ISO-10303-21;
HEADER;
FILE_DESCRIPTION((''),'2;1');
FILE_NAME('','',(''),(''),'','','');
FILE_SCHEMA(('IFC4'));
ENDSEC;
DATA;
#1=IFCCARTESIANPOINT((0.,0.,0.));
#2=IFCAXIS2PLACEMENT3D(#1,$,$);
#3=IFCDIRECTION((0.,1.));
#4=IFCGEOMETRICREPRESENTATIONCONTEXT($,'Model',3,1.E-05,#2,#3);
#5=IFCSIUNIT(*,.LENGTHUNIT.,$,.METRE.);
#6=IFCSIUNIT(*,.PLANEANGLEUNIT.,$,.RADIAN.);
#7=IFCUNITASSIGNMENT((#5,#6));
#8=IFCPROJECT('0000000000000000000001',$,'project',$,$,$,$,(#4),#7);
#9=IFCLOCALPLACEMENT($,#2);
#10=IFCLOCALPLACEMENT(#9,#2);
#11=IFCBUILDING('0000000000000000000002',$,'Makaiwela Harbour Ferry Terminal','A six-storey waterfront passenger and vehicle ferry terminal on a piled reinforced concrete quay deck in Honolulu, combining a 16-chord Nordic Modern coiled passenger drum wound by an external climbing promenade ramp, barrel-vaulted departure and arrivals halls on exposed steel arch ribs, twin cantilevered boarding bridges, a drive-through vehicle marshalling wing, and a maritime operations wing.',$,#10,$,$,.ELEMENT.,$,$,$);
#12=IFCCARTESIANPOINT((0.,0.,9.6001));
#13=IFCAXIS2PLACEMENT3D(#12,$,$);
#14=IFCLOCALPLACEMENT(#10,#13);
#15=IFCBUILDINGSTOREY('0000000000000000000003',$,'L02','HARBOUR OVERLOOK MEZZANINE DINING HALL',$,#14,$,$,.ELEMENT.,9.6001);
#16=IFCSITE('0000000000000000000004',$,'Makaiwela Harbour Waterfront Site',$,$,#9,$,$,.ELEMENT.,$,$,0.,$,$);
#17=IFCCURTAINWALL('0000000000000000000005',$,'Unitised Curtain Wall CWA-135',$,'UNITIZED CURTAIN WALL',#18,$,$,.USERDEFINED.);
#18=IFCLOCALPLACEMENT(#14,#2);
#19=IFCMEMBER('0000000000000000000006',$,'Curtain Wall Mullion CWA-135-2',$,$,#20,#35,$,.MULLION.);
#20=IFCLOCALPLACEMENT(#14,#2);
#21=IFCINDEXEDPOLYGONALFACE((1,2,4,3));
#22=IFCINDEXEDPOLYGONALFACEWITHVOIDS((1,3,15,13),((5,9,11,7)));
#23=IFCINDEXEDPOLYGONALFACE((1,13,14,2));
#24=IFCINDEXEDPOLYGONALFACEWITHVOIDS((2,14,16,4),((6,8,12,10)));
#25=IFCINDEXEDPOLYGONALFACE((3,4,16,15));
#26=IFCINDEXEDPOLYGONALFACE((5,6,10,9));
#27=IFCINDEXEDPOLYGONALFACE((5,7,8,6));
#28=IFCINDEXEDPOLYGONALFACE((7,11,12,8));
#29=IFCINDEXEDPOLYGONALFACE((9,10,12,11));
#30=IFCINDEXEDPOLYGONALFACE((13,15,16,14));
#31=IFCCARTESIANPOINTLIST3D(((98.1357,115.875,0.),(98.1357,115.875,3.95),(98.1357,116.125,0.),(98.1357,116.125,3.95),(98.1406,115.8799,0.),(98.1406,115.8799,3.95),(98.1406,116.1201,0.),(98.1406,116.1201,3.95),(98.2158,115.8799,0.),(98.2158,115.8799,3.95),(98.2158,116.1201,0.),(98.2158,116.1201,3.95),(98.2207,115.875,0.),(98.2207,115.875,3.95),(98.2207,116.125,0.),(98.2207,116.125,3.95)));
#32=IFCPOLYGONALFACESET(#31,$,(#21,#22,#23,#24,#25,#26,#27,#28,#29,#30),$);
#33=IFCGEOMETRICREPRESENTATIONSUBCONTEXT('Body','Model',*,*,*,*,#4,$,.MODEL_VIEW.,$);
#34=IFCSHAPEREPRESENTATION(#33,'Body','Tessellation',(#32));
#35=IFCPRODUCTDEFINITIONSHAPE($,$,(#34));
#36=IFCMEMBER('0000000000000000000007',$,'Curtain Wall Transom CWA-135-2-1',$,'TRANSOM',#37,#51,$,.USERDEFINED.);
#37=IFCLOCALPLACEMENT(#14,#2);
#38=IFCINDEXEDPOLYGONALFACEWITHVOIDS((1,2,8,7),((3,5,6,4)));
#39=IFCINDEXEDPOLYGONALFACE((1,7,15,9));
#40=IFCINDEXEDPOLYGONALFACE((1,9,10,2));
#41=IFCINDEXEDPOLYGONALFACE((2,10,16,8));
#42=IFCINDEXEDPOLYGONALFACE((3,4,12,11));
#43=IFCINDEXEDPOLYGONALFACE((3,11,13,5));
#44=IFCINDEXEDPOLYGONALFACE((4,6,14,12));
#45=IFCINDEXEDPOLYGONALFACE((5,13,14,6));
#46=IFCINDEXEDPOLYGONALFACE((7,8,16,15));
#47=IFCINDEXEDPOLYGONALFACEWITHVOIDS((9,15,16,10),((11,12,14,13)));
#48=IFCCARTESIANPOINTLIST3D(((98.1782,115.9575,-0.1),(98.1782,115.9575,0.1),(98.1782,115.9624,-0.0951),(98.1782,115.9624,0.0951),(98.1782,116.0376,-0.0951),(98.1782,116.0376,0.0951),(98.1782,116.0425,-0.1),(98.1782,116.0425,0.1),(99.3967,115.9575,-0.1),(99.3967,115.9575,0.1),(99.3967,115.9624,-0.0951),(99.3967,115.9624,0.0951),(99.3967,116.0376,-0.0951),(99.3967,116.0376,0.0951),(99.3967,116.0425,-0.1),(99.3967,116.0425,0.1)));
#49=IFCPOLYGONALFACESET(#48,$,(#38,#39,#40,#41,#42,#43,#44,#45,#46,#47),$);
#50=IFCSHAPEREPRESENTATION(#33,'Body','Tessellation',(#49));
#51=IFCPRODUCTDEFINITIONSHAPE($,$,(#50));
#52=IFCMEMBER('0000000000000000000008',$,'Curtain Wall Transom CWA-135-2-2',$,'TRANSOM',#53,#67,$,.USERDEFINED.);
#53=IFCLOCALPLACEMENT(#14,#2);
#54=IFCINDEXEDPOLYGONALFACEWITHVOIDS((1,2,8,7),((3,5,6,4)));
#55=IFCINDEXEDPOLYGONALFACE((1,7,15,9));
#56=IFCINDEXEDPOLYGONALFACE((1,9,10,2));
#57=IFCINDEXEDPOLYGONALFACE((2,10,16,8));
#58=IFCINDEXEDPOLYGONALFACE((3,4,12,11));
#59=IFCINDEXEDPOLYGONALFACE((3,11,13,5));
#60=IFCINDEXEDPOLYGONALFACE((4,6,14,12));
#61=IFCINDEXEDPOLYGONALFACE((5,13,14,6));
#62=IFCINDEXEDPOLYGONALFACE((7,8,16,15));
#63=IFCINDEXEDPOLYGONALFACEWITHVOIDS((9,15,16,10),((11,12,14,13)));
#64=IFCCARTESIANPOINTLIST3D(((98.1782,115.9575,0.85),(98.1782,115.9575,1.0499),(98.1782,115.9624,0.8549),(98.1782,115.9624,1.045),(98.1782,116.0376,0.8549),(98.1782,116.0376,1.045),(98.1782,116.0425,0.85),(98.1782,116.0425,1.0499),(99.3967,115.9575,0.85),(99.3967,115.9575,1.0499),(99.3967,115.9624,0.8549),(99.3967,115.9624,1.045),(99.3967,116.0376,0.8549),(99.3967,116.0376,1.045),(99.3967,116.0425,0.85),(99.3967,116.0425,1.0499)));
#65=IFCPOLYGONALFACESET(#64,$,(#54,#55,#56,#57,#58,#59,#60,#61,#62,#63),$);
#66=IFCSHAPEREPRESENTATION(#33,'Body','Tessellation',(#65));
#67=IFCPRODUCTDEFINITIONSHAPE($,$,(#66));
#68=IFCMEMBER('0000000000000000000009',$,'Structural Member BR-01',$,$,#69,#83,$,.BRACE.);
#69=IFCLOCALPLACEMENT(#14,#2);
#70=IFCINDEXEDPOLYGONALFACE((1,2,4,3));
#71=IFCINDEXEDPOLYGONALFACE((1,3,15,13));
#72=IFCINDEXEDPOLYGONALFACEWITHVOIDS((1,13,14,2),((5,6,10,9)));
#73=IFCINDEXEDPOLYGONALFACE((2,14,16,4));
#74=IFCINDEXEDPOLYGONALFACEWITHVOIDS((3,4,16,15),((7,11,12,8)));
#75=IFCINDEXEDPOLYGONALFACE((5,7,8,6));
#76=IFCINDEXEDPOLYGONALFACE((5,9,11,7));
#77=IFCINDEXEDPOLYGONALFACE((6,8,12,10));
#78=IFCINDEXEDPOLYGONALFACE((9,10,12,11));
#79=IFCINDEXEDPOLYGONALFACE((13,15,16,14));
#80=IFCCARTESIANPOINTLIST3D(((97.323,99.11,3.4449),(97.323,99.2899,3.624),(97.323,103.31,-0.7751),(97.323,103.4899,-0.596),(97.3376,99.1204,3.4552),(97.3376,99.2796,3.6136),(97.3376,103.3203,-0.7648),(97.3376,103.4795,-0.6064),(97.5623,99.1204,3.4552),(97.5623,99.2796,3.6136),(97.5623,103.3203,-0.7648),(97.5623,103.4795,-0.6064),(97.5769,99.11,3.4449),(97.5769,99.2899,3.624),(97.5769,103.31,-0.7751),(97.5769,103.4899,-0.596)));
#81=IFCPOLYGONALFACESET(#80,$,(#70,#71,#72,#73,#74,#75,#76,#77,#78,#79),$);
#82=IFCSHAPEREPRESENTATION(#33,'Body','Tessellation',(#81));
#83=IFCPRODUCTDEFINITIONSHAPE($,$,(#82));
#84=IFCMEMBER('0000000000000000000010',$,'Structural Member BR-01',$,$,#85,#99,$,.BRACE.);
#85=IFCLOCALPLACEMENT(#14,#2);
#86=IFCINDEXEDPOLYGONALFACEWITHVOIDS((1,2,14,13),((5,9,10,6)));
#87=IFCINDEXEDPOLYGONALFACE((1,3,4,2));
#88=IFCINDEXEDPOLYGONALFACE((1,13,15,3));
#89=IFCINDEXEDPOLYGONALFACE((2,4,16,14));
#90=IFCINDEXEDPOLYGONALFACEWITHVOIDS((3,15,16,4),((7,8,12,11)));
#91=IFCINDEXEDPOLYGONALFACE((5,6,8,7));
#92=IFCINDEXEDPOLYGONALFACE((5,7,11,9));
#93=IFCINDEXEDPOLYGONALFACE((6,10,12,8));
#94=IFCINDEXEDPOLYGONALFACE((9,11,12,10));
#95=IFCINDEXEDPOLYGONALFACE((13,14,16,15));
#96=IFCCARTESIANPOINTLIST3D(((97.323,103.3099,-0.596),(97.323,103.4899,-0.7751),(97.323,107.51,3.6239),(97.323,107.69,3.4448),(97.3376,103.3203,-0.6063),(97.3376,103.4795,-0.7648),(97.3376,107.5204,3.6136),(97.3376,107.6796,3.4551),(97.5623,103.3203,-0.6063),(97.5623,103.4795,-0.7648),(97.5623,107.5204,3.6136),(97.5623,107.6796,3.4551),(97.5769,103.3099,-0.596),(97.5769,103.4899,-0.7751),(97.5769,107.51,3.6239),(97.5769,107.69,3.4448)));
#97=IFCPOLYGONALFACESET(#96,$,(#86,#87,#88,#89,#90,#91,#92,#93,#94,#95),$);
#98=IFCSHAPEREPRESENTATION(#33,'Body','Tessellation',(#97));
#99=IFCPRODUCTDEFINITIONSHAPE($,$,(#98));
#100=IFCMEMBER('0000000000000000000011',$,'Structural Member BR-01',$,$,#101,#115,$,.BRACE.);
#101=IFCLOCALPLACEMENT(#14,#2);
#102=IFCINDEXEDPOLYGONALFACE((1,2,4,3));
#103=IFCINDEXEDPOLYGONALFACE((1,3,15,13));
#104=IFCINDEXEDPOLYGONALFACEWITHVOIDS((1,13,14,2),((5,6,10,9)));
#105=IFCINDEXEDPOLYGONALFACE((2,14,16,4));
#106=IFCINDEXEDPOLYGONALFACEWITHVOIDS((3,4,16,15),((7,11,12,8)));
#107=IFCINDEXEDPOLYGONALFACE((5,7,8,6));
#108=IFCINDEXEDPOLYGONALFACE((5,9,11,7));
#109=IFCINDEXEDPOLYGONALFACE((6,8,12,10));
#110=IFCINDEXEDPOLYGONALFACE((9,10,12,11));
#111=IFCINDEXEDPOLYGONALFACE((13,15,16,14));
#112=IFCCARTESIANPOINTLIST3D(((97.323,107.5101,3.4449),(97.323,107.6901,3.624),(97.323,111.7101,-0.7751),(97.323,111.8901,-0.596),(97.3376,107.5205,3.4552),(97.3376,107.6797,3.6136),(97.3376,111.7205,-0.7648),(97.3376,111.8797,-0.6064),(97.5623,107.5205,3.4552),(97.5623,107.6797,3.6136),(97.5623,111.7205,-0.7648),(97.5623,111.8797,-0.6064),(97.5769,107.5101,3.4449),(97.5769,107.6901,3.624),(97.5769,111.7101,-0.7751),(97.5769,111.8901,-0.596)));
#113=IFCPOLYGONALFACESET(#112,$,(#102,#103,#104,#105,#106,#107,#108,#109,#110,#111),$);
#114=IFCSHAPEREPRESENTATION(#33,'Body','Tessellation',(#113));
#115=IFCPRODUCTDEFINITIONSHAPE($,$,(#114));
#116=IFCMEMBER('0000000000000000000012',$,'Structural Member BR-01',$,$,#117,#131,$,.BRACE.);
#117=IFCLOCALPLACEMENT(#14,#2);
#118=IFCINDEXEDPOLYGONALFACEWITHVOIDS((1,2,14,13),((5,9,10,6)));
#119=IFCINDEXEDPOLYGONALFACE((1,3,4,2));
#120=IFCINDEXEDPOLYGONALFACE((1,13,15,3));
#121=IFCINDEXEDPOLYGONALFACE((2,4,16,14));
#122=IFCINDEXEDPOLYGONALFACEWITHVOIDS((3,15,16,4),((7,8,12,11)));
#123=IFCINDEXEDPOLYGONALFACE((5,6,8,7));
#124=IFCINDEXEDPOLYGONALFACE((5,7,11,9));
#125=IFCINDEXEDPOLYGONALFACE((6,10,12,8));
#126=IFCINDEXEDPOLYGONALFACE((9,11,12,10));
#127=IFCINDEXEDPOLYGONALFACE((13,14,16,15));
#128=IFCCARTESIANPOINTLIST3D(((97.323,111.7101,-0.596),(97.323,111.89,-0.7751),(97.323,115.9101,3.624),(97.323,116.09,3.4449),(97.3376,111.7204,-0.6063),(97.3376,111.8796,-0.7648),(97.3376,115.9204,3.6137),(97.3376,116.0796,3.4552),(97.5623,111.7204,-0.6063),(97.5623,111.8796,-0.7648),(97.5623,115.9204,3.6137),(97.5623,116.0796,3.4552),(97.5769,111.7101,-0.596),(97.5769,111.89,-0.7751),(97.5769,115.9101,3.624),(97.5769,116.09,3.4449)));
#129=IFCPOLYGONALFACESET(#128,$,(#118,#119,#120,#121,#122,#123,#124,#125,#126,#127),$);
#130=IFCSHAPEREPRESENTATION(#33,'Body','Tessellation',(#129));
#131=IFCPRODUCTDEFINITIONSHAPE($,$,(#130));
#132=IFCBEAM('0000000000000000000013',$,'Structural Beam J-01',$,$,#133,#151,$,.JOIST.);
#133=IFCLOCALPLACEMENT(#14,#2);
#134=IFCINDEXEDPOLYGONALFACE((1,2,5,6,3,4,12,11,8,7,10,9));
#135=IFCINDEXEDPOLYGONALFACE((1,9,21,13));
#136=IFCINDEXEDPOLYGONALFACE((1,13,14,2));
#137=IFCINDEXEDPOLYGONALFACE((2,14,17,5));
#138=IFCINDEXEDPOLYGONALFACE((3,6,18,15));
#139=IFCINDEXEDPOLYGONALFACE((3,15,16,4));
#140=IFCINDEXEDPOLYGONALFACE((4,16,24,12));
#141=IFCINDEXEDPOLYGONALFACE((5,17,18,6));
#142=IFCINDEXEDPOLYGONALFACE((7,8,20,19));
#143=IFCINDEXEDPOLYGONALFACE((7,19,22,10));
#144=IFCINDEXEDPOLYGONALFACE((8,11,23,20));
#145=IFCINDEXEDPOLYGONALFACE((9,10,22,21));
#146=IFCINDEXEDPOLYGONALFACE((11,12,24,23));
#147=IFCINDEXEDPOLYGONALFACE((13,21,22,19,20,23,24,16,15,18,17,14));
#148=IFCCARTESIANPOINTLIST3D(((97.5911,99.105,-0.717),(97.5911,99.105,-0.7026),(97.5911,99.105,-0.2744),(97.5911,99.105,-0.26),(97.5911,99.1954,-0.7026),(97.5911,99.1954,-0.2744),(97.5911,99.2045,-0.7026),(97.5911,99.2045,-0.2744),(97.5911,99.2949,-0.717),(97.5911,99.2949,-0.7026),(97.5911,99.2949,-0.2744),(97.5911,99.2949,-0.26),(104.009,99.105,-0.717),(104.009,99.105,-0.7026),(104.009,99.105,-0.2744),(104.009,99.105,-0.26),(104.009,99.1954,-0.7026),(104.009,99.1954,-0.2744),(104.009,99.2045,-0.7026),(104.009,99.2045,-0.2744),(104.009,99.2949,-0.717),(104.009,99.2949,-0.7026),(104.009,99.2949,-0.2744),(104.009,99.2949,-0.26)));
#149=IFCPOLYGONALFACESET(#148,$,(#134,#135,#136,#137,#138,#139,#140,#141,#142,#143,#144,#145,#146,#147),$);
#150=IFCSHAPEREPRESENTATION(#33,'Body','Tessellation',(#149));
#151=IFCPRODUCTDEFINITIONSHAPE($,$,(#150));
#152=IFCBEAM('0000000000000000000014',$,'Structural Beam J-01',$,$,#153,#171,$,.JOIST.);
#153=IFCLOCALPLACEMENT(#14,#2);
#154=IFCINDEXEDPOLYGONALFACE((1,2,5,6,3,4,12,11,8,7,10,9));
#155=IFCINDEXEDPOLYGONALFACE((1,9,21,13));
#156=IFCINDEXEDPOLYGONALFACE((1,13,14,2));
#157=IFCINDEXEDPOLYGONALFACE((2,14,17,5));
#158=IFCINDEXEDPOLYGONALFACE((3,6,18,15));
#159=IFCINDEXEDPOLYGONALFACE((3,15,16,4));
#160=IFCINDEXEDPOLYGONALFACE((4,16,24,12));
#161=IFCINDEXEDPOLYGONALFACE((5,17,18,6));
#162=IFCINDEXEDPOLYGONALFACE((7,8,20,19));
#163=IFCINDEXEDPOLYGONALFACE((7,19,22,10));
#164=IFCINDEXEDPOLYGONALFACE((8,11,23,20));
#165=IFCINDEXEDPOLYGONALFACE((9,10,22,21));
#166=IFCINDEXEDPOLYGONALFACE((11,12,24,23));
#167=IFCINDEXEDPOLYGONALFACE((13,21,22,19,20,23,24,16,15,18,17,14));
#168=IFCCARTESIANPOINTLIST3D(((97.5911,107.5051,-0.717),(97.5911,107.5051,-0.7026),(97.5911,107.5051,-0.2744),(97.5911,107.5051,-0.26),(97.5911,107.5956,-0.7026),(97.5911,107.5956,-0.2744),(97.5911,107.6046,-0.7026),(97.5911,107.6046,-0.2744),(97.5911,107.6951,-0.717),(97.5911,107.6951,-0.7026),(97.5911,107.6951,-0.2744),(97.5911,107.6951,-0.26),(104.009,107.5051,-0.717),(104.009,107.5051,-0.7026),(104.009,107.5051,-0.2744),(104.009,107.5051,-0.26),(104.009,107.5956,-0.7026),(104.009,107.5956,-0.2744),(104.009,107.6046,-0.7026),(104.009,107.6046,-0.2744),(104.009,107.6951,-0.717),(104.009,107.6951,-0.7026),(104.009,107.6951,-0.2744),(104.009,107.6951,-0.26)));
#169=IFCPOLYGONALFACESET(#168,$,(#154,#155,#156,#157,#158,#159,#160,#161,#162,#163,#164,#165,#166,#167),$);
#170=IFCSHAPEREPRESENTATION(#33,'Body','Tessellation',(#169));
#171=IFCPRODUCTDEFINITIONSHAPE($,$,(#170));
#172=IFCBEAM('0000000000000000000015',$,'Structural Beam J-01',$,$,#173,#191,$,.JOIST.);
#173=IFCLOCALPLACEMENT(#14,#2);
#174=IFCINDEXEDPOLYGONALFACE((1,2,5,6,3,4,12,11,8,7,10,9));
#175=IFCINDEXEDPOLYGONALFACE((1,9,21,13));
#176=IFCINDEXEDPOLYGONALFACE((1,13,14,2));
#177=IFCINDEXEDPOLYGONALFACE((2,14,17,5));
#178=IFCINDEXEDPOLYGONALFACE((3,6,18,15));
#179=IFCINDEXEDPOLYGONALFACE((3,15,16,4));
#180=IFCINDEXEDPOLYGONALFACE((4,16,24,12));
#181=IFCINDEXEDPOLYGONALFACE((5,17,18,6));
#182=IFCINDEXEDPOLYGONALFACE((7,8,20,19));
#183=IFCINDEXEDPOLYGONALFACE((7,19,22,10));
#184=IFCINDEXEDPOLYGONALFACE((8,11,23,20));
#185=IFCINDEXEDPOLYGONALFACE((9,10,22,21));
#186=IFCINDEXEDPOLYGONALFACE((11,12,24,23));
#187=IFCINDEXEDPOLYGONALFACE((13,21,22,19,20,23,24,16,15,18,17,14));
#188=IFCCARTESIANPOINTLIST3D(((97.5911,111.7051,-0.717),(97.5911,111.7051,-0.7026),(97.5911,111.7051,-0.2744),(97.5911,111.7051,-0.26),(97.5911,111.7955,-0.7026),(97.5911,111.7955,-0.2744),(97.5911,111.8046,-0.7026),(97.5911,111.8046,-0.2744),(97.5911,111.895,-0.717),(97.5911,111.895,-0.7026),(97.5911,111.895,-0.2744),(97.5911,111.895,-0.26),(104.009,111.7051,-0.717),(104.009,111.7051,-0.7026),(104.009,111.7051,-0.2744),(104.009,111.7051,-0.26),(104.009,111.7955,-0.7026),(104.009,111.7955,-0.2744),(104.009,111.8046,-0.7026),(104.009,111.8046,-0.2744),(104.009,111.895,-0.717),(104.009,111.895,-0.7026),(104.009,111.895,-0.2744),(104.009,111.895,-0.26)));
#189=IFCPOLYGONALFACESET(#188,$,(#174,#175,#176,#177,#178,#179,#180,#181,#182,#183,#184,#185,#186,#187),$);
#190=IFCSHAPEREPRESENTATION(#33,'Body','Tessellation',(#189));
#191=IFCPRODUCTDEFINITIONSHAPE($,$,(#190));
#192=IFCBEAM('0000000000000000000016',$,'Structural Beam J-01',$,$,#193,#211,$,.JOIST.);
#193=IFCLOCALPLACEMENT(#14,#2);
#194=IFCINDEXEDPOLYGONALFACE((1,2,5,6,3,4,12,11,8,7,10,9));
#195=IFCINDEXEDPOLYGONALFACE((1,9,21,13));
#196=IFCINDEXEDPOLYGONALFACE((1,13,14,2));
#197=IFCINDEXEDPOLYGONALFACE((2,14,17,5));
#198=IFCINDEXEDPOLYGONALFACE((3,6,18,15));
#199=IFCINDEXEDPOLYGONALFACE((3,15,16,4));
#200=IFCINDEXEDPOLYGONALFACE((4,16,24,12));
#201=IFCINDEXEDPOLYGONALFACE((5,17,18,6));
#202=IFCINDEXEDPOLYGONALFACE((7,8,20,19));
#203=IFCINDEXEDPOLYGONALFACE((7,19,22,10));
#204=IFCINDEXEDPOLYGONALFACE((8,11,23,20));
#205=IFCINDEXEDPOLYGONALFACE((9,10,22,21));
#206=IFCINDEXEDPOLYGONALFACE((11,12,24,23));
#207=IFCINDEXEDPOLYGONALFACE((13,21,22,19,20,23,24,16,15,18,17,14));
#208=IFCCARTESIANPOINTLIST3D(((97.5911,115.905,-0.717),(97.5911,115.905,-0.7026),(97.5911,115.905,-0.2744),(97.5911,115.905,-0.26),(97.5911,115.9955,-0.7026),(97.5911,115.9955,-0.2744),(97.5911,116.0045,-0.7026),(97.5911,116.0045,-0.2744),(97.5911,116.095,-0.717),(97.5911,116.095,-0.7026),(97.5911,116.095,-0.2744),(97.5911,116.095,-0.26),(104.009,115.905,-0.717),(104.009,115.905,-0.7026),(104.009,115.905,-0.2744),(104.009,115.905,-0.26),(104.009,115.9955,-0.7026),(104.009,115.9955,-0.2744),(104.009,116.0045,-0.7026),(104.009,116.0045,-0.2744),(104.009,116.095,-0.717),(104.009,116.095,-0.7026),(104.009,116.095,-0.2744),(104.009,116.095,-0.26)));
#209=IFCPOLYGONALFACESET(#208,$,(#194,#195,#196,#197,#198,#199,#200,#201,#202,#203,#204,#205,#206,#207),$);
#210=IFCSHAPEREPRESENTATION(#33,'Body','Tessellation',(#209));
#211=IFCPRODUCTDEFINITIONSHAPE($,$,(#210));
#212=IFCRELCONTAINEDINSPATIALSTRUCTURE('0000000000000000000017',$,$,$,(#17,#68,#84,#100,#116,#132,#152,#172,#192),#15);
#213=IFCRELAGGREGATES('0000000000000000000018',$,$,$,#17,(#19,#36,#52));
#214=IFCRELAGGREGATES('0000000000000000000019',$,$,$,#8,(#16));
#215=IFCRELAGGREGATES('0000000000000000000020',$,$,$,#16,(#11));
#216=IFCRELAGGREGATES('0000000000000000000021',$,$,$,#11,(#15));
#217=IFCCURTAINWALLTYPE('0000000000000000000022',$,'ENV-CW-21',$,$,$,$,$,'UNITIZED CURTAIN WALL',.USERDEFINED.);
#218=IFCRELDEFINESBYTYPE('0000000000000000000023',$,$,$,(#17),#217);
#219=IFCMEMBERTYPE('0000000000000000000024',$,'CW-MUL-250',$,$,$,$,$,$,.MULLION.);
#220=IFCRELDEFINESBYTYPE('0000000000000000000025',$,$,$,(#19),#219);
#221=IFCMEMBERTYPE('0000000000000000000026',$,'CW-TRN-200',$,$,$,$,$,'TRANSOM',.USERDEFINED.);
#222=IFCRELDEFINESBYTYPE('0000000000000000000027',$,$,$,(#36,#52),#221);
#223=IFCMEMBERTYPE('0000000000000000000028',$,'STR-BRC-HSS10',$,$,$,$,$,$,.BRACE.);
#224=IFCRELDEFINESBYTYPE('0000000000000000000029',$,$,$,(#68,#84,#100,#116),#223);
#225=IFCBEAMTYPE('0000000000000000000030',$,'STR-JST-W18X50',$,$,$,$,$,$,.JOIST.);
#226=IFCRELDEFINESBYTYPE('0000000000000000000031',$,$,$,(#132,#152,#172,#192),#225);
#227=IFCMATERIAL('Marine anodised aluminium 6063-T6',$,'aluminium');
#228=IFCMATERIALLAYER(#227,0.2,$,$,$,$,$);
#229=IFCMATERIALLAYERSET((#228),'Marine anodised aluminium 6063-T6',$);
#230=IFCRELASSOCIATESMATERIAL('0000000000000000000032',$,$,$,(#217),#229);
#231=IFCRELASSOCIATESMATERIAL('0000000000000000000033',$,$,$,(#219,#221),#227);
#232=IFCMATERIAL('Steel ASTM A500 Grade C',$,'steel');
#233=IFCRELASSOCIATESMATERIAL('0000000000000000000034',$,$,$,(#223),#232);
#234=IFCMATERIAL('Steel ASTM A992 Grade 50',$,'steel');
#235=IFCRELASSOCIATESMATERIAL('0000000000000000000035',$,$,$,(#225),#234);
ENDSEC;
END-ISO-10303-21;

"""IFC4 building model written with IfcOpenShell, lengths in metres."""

from ifc_helpers import new_model, si_unit, direction, frame, origin, origin_2d, place, context, subcontext, project, spatial, hollow_rectangle, i_section, extrude, material, layer, layer_set, material_profile, profile_set, type_object, element, aggregate, save


model = new_model("IFC4")

# Units and contexts
model_context = context("Model", 3, precision=1e-05, world=origin(), true_north=direction((0.0, 1.0)))
body_context = subcontext(model_context, "Body", "Model", "MODEL_VIEW")
ifc_project = project(units=[si_unit("LENGTHUNIT", "METRE"), si_unit("PLANEANGLEUNIT", "RADIAN")], contexts=[model_context])

# Site, building, storey
site_placement = place(None, origin())
site = spatial("IfcSite", under=ifc_project, at=site_placement, Name="Makaiwela Harbour Waterfront Site", CompositionType="ELEMENT", RefElevation=0.0)
building_placement = place(site_placement, origin())
building = spatial("IfcBuilding", under=site, at=building_placement, Name="Makaiwela Harbour Ferry Terminal", Description="A six-storey waterfront passenger and vehicle ferry terminal on a piled reinforced concrete quay deck in Honolulu, combining a 16-chord Nordic Modern coiled passenger drum wound by an external climbing promenade ramp, barrel-vaulted departure and arrivals halls on exposed steel arch ribs, twin cantilevered boarding bridges, a drive-through vehicle marshalling wing, and a maritime operations wing.", CompositionType="ELEMENT")
storey_placement = place(building_placement, frame((0.0, 0.0, 9.6001)))
storey = spatial("IfcBuildingStorey", under=building, at=storey_placement, Name="L02", Description="HARBOUR OVERLOOK MEZZANINE DINING HALL", CompositionType="ELEMENT", Elevation=9.6001)

# Curtain wall, members
ifc_material_1 = material(Name="Marine anodised aluminium 6063-T6", Category="aluminium")
ifc_layer_1 = layer(ifc_material_1, 0.2)
ifc_layer_set_1 = layer_set([ifc_layer_1], Name="Marine anodised aluminium 6063-T6")
curtain_wall_type = type_object("IfcCurtainWallType", Name="ENV-CW-21", ElementType="UNITIZED CURTAIN WALL", PredefinedType="USERDEFINED", material=ifc_layer_set_1)
curtain_wall_placement = place(storey_placement, origin())
curtain_wall = element("IfcCurtainWall", 1, at=curtain_wall_placement, inside=storey, type_object=curtain_wall_type, Name="Unitised Curtain Wall CWA-135", ObjectType="UNITIZED CURTAIN WALL", PredefinedType="USERDEFINED")
ifc_material_profile_1 = material_profile(ifc_material_1, hollow_rectangle(XDim=0.085, YDim=0.25, WallThickness=0.0049, at=origin_2d()), Name="CWM-250X85")
ifc_profile_set_1 = profile_set([ifc_material_profile_1], Name="Marine anodised aluminium 6063-T6")
member_type_1 = type_object("IfcMemberType", Name="CW-MUL-250", PredefinedType="MULLION", material=ifc_profile_set_1)
member_1_placement = place(storey_placement, frame((98.1782, 116.0, 0.0), z_axis=(0.0, 0.0, 1.0), x_axis=(1.0, 0.0, 0.0)))
member_1 = element("IfcMember", 2, at=member_1_placement, type_object=member_type_1, Name="Curtain Wall Mullion CWA-135-2", PredefinedType="MULLION", context=body_context, shape_type="SweptSolid", body=[
    extrude(hollow_rectangle(XDim=0.085, YDim=0.25, WallThickness=0.0049, at=origin_2d()), origin(), (0.0, 0.0, 1.0), 3.95),
])
ifc_material_profile_2 = material_profile(ifc_material_1, hollow_rectangle(XDim=0.085, YDim=0.2, WallThickness=0.0049, at=origin_2d()), Name="CWT-200X85")
ifc_profile_set_2 = profile_set([ifc_material_profile_2], Name="Marine anodised aluminium 6063-T6")
member_type_2 = type_object("IfcMemberType", Name="CW-TRN-200", ElementType="TRANSOM", PredefinedType="USERDEFINED", material=ifc_profile_set_2)
member_2_placement = place(storey_placement, frame((98.1782, 116.0, 0.0), z_axis=(1.0, 0.0, 0.0), x_axis=(0.0, 1.0, 0.0)))
member_2 = element("IfcMember", 3, at=member_2_placement, type_object=member_type_2, Name="Curtain Wall Transom CWA-135-2-1", ObjectType="TRANSOM", PredefinedType="USERDEFINED", context=body_context, shape_type="SweptSolid", body=[
    extrude(hollow_rectangle(XDim=0.085, YDim=0.2, WallThickness=0.0049, at=origin_2d()), origin(), (0.0, 0.0, 1.0), 1.2185),
])
member_3_placement = place(storey_placement, frame((98.1782, 116.0, 0.95), z_axis=(1.0, 0.0, 0.0), x_axis=(0.0, 1.0, 0.0)))
member_3 = element("IfcMember", 4, at=member_3_placement, type_object=member_type_2, Name="Curtain Wall Transom CWA-135-2-2", ObjectType="TRANSOM", PredefinedType="USERDEFINED", context=body_context, shape_type="SweptSolid", body=[
    extrude(hollow_rectangle(XDim=0.085, YDim=0.2, WallThickness=0.0049, at=origin_2d()), origin(), (0.0, 0.0, 1.0), 1.2185),
])

# Members
ifc_material_2 = material(Name="Steel ASTM A500 Grade C", Category="steel")
ifc_material_profile_3 = material_profile(ifc_material_2, hollow_rectangle(XDim=0.2539, YDim=0.2539, WallThickness=0.0146, at=origin_2d()), Name="HSS10X10X5/8")
ifc_profile_set_3 = profile_set([ifc_material_profile_3], Name="Steel ASTM A500 Grade C")
member_type_3 = type_object("IfcMemberType", Name="STR-BRC-HSS10", PredefinedType="BRACE", material=ifc_profile_set_3)
for number, where, z_axis, x_axis, name in (
    (5, (97.45, 99.2, 3.5344), (0.0, 0.705424, -0.708786), (-1.0, 0.0, 0.0), "Structural Member BR-01"),
    (6, (97.45, 103.3999, -0.6855), (0.0, 0.705444, 0.708766), (-1.0, 0.0, 0.0), "Structural Member BR-01"),
    (7, (97.45, 107.6001, 3.5344), (0.0, 0.705424, -0.708786), (-1.0, 0.0, 0.0), "Structural Member BR-01"),
    (8, (97.45, 111.8, -0.6855), (0.0, 0.705424, 0.708786), (-1.0, 0.0, 0.0), "Structural Member BR-01"),
):
    element("IfcMember", number, at=place(storey_placement, frame(where, z_axis=z_axis, x_axis=x_axis)), inside=storey, type_object=member_type_3, Name=name, PredefinedType="BRACE", context=body_context, shape_type="SweptSolid", body=[
        extrude(hollow_rectangle(XDim=0.2539, YDim=0.2539, WallThickness=0.0146, at=origin_2d()), origin(), (0.0, 0.0, 1.0), 5.9539),
    ])

# Beams
ifc_material_3 = material(Name="Steel ASTM A992 Grade 50", Category="steel")
ifc_material_profile_4 = material_profile(ifc_material_3, i_section(OverallWidth=0.1899, OverallDepth=0.457, WebThickness=0.009, FlangeThickness=0.0144, at=origin_2d()), Name="W18X50")
ifc_profile_set_4 = profile_set([ifc_material_profile_4], Name="Steel ASTM A992 Grade 50")
beam_type = type_object("IfcBeamType", Name="STR-JST-W18X50", PredefinedType="JOIST", material=ifc_profile_set_4)
for number, where, z_axis, x_axis, name in (
    (9, (97.5911, 99.2, -0.4885), (1.0, 0.0, 0.0), (0.0, 1.0, 0.0), "Structural Beam J-01"),
    (10, (97.5911, 107.6001, -0.4885), (1.0, 0.0, 0.0), (0.0, 1.0, 0.0), "Structural Beam J-01"),
    (11, (97.5911, 111.8, -0.4885), (1.0, 0.0, 0.0), (0.0, 1.0, 0.0), "Structural Beam J-01"),
    (12, (97.5911, 116.0, -0.4885), (1.0, 0.0, 0.0), (0.0, 1.0, 0.0), "Structural Beam J-01"),
):
    element("IfcBeam", number, at=place(storey_placement, frame(where, z_axis=z_axis, x_axis=x_axis)), inside=storey, type_object=beam_type, Name=name, PredefinedType="JOIST", context=body_context, shape_type="SweptSolid", body=[
        extrude(i_section(OverallWidth=0.1899, OverallDepth=0.457, WebThickness=0.009, FlangeThickness=0.0144, at=origin_2d()), origin(), (0.0, 0.0, 1.0), 6.418),
    ])

aggregate(curtain_wall, [member_1, member_2, member_3])

save(model, "model.ifc")
